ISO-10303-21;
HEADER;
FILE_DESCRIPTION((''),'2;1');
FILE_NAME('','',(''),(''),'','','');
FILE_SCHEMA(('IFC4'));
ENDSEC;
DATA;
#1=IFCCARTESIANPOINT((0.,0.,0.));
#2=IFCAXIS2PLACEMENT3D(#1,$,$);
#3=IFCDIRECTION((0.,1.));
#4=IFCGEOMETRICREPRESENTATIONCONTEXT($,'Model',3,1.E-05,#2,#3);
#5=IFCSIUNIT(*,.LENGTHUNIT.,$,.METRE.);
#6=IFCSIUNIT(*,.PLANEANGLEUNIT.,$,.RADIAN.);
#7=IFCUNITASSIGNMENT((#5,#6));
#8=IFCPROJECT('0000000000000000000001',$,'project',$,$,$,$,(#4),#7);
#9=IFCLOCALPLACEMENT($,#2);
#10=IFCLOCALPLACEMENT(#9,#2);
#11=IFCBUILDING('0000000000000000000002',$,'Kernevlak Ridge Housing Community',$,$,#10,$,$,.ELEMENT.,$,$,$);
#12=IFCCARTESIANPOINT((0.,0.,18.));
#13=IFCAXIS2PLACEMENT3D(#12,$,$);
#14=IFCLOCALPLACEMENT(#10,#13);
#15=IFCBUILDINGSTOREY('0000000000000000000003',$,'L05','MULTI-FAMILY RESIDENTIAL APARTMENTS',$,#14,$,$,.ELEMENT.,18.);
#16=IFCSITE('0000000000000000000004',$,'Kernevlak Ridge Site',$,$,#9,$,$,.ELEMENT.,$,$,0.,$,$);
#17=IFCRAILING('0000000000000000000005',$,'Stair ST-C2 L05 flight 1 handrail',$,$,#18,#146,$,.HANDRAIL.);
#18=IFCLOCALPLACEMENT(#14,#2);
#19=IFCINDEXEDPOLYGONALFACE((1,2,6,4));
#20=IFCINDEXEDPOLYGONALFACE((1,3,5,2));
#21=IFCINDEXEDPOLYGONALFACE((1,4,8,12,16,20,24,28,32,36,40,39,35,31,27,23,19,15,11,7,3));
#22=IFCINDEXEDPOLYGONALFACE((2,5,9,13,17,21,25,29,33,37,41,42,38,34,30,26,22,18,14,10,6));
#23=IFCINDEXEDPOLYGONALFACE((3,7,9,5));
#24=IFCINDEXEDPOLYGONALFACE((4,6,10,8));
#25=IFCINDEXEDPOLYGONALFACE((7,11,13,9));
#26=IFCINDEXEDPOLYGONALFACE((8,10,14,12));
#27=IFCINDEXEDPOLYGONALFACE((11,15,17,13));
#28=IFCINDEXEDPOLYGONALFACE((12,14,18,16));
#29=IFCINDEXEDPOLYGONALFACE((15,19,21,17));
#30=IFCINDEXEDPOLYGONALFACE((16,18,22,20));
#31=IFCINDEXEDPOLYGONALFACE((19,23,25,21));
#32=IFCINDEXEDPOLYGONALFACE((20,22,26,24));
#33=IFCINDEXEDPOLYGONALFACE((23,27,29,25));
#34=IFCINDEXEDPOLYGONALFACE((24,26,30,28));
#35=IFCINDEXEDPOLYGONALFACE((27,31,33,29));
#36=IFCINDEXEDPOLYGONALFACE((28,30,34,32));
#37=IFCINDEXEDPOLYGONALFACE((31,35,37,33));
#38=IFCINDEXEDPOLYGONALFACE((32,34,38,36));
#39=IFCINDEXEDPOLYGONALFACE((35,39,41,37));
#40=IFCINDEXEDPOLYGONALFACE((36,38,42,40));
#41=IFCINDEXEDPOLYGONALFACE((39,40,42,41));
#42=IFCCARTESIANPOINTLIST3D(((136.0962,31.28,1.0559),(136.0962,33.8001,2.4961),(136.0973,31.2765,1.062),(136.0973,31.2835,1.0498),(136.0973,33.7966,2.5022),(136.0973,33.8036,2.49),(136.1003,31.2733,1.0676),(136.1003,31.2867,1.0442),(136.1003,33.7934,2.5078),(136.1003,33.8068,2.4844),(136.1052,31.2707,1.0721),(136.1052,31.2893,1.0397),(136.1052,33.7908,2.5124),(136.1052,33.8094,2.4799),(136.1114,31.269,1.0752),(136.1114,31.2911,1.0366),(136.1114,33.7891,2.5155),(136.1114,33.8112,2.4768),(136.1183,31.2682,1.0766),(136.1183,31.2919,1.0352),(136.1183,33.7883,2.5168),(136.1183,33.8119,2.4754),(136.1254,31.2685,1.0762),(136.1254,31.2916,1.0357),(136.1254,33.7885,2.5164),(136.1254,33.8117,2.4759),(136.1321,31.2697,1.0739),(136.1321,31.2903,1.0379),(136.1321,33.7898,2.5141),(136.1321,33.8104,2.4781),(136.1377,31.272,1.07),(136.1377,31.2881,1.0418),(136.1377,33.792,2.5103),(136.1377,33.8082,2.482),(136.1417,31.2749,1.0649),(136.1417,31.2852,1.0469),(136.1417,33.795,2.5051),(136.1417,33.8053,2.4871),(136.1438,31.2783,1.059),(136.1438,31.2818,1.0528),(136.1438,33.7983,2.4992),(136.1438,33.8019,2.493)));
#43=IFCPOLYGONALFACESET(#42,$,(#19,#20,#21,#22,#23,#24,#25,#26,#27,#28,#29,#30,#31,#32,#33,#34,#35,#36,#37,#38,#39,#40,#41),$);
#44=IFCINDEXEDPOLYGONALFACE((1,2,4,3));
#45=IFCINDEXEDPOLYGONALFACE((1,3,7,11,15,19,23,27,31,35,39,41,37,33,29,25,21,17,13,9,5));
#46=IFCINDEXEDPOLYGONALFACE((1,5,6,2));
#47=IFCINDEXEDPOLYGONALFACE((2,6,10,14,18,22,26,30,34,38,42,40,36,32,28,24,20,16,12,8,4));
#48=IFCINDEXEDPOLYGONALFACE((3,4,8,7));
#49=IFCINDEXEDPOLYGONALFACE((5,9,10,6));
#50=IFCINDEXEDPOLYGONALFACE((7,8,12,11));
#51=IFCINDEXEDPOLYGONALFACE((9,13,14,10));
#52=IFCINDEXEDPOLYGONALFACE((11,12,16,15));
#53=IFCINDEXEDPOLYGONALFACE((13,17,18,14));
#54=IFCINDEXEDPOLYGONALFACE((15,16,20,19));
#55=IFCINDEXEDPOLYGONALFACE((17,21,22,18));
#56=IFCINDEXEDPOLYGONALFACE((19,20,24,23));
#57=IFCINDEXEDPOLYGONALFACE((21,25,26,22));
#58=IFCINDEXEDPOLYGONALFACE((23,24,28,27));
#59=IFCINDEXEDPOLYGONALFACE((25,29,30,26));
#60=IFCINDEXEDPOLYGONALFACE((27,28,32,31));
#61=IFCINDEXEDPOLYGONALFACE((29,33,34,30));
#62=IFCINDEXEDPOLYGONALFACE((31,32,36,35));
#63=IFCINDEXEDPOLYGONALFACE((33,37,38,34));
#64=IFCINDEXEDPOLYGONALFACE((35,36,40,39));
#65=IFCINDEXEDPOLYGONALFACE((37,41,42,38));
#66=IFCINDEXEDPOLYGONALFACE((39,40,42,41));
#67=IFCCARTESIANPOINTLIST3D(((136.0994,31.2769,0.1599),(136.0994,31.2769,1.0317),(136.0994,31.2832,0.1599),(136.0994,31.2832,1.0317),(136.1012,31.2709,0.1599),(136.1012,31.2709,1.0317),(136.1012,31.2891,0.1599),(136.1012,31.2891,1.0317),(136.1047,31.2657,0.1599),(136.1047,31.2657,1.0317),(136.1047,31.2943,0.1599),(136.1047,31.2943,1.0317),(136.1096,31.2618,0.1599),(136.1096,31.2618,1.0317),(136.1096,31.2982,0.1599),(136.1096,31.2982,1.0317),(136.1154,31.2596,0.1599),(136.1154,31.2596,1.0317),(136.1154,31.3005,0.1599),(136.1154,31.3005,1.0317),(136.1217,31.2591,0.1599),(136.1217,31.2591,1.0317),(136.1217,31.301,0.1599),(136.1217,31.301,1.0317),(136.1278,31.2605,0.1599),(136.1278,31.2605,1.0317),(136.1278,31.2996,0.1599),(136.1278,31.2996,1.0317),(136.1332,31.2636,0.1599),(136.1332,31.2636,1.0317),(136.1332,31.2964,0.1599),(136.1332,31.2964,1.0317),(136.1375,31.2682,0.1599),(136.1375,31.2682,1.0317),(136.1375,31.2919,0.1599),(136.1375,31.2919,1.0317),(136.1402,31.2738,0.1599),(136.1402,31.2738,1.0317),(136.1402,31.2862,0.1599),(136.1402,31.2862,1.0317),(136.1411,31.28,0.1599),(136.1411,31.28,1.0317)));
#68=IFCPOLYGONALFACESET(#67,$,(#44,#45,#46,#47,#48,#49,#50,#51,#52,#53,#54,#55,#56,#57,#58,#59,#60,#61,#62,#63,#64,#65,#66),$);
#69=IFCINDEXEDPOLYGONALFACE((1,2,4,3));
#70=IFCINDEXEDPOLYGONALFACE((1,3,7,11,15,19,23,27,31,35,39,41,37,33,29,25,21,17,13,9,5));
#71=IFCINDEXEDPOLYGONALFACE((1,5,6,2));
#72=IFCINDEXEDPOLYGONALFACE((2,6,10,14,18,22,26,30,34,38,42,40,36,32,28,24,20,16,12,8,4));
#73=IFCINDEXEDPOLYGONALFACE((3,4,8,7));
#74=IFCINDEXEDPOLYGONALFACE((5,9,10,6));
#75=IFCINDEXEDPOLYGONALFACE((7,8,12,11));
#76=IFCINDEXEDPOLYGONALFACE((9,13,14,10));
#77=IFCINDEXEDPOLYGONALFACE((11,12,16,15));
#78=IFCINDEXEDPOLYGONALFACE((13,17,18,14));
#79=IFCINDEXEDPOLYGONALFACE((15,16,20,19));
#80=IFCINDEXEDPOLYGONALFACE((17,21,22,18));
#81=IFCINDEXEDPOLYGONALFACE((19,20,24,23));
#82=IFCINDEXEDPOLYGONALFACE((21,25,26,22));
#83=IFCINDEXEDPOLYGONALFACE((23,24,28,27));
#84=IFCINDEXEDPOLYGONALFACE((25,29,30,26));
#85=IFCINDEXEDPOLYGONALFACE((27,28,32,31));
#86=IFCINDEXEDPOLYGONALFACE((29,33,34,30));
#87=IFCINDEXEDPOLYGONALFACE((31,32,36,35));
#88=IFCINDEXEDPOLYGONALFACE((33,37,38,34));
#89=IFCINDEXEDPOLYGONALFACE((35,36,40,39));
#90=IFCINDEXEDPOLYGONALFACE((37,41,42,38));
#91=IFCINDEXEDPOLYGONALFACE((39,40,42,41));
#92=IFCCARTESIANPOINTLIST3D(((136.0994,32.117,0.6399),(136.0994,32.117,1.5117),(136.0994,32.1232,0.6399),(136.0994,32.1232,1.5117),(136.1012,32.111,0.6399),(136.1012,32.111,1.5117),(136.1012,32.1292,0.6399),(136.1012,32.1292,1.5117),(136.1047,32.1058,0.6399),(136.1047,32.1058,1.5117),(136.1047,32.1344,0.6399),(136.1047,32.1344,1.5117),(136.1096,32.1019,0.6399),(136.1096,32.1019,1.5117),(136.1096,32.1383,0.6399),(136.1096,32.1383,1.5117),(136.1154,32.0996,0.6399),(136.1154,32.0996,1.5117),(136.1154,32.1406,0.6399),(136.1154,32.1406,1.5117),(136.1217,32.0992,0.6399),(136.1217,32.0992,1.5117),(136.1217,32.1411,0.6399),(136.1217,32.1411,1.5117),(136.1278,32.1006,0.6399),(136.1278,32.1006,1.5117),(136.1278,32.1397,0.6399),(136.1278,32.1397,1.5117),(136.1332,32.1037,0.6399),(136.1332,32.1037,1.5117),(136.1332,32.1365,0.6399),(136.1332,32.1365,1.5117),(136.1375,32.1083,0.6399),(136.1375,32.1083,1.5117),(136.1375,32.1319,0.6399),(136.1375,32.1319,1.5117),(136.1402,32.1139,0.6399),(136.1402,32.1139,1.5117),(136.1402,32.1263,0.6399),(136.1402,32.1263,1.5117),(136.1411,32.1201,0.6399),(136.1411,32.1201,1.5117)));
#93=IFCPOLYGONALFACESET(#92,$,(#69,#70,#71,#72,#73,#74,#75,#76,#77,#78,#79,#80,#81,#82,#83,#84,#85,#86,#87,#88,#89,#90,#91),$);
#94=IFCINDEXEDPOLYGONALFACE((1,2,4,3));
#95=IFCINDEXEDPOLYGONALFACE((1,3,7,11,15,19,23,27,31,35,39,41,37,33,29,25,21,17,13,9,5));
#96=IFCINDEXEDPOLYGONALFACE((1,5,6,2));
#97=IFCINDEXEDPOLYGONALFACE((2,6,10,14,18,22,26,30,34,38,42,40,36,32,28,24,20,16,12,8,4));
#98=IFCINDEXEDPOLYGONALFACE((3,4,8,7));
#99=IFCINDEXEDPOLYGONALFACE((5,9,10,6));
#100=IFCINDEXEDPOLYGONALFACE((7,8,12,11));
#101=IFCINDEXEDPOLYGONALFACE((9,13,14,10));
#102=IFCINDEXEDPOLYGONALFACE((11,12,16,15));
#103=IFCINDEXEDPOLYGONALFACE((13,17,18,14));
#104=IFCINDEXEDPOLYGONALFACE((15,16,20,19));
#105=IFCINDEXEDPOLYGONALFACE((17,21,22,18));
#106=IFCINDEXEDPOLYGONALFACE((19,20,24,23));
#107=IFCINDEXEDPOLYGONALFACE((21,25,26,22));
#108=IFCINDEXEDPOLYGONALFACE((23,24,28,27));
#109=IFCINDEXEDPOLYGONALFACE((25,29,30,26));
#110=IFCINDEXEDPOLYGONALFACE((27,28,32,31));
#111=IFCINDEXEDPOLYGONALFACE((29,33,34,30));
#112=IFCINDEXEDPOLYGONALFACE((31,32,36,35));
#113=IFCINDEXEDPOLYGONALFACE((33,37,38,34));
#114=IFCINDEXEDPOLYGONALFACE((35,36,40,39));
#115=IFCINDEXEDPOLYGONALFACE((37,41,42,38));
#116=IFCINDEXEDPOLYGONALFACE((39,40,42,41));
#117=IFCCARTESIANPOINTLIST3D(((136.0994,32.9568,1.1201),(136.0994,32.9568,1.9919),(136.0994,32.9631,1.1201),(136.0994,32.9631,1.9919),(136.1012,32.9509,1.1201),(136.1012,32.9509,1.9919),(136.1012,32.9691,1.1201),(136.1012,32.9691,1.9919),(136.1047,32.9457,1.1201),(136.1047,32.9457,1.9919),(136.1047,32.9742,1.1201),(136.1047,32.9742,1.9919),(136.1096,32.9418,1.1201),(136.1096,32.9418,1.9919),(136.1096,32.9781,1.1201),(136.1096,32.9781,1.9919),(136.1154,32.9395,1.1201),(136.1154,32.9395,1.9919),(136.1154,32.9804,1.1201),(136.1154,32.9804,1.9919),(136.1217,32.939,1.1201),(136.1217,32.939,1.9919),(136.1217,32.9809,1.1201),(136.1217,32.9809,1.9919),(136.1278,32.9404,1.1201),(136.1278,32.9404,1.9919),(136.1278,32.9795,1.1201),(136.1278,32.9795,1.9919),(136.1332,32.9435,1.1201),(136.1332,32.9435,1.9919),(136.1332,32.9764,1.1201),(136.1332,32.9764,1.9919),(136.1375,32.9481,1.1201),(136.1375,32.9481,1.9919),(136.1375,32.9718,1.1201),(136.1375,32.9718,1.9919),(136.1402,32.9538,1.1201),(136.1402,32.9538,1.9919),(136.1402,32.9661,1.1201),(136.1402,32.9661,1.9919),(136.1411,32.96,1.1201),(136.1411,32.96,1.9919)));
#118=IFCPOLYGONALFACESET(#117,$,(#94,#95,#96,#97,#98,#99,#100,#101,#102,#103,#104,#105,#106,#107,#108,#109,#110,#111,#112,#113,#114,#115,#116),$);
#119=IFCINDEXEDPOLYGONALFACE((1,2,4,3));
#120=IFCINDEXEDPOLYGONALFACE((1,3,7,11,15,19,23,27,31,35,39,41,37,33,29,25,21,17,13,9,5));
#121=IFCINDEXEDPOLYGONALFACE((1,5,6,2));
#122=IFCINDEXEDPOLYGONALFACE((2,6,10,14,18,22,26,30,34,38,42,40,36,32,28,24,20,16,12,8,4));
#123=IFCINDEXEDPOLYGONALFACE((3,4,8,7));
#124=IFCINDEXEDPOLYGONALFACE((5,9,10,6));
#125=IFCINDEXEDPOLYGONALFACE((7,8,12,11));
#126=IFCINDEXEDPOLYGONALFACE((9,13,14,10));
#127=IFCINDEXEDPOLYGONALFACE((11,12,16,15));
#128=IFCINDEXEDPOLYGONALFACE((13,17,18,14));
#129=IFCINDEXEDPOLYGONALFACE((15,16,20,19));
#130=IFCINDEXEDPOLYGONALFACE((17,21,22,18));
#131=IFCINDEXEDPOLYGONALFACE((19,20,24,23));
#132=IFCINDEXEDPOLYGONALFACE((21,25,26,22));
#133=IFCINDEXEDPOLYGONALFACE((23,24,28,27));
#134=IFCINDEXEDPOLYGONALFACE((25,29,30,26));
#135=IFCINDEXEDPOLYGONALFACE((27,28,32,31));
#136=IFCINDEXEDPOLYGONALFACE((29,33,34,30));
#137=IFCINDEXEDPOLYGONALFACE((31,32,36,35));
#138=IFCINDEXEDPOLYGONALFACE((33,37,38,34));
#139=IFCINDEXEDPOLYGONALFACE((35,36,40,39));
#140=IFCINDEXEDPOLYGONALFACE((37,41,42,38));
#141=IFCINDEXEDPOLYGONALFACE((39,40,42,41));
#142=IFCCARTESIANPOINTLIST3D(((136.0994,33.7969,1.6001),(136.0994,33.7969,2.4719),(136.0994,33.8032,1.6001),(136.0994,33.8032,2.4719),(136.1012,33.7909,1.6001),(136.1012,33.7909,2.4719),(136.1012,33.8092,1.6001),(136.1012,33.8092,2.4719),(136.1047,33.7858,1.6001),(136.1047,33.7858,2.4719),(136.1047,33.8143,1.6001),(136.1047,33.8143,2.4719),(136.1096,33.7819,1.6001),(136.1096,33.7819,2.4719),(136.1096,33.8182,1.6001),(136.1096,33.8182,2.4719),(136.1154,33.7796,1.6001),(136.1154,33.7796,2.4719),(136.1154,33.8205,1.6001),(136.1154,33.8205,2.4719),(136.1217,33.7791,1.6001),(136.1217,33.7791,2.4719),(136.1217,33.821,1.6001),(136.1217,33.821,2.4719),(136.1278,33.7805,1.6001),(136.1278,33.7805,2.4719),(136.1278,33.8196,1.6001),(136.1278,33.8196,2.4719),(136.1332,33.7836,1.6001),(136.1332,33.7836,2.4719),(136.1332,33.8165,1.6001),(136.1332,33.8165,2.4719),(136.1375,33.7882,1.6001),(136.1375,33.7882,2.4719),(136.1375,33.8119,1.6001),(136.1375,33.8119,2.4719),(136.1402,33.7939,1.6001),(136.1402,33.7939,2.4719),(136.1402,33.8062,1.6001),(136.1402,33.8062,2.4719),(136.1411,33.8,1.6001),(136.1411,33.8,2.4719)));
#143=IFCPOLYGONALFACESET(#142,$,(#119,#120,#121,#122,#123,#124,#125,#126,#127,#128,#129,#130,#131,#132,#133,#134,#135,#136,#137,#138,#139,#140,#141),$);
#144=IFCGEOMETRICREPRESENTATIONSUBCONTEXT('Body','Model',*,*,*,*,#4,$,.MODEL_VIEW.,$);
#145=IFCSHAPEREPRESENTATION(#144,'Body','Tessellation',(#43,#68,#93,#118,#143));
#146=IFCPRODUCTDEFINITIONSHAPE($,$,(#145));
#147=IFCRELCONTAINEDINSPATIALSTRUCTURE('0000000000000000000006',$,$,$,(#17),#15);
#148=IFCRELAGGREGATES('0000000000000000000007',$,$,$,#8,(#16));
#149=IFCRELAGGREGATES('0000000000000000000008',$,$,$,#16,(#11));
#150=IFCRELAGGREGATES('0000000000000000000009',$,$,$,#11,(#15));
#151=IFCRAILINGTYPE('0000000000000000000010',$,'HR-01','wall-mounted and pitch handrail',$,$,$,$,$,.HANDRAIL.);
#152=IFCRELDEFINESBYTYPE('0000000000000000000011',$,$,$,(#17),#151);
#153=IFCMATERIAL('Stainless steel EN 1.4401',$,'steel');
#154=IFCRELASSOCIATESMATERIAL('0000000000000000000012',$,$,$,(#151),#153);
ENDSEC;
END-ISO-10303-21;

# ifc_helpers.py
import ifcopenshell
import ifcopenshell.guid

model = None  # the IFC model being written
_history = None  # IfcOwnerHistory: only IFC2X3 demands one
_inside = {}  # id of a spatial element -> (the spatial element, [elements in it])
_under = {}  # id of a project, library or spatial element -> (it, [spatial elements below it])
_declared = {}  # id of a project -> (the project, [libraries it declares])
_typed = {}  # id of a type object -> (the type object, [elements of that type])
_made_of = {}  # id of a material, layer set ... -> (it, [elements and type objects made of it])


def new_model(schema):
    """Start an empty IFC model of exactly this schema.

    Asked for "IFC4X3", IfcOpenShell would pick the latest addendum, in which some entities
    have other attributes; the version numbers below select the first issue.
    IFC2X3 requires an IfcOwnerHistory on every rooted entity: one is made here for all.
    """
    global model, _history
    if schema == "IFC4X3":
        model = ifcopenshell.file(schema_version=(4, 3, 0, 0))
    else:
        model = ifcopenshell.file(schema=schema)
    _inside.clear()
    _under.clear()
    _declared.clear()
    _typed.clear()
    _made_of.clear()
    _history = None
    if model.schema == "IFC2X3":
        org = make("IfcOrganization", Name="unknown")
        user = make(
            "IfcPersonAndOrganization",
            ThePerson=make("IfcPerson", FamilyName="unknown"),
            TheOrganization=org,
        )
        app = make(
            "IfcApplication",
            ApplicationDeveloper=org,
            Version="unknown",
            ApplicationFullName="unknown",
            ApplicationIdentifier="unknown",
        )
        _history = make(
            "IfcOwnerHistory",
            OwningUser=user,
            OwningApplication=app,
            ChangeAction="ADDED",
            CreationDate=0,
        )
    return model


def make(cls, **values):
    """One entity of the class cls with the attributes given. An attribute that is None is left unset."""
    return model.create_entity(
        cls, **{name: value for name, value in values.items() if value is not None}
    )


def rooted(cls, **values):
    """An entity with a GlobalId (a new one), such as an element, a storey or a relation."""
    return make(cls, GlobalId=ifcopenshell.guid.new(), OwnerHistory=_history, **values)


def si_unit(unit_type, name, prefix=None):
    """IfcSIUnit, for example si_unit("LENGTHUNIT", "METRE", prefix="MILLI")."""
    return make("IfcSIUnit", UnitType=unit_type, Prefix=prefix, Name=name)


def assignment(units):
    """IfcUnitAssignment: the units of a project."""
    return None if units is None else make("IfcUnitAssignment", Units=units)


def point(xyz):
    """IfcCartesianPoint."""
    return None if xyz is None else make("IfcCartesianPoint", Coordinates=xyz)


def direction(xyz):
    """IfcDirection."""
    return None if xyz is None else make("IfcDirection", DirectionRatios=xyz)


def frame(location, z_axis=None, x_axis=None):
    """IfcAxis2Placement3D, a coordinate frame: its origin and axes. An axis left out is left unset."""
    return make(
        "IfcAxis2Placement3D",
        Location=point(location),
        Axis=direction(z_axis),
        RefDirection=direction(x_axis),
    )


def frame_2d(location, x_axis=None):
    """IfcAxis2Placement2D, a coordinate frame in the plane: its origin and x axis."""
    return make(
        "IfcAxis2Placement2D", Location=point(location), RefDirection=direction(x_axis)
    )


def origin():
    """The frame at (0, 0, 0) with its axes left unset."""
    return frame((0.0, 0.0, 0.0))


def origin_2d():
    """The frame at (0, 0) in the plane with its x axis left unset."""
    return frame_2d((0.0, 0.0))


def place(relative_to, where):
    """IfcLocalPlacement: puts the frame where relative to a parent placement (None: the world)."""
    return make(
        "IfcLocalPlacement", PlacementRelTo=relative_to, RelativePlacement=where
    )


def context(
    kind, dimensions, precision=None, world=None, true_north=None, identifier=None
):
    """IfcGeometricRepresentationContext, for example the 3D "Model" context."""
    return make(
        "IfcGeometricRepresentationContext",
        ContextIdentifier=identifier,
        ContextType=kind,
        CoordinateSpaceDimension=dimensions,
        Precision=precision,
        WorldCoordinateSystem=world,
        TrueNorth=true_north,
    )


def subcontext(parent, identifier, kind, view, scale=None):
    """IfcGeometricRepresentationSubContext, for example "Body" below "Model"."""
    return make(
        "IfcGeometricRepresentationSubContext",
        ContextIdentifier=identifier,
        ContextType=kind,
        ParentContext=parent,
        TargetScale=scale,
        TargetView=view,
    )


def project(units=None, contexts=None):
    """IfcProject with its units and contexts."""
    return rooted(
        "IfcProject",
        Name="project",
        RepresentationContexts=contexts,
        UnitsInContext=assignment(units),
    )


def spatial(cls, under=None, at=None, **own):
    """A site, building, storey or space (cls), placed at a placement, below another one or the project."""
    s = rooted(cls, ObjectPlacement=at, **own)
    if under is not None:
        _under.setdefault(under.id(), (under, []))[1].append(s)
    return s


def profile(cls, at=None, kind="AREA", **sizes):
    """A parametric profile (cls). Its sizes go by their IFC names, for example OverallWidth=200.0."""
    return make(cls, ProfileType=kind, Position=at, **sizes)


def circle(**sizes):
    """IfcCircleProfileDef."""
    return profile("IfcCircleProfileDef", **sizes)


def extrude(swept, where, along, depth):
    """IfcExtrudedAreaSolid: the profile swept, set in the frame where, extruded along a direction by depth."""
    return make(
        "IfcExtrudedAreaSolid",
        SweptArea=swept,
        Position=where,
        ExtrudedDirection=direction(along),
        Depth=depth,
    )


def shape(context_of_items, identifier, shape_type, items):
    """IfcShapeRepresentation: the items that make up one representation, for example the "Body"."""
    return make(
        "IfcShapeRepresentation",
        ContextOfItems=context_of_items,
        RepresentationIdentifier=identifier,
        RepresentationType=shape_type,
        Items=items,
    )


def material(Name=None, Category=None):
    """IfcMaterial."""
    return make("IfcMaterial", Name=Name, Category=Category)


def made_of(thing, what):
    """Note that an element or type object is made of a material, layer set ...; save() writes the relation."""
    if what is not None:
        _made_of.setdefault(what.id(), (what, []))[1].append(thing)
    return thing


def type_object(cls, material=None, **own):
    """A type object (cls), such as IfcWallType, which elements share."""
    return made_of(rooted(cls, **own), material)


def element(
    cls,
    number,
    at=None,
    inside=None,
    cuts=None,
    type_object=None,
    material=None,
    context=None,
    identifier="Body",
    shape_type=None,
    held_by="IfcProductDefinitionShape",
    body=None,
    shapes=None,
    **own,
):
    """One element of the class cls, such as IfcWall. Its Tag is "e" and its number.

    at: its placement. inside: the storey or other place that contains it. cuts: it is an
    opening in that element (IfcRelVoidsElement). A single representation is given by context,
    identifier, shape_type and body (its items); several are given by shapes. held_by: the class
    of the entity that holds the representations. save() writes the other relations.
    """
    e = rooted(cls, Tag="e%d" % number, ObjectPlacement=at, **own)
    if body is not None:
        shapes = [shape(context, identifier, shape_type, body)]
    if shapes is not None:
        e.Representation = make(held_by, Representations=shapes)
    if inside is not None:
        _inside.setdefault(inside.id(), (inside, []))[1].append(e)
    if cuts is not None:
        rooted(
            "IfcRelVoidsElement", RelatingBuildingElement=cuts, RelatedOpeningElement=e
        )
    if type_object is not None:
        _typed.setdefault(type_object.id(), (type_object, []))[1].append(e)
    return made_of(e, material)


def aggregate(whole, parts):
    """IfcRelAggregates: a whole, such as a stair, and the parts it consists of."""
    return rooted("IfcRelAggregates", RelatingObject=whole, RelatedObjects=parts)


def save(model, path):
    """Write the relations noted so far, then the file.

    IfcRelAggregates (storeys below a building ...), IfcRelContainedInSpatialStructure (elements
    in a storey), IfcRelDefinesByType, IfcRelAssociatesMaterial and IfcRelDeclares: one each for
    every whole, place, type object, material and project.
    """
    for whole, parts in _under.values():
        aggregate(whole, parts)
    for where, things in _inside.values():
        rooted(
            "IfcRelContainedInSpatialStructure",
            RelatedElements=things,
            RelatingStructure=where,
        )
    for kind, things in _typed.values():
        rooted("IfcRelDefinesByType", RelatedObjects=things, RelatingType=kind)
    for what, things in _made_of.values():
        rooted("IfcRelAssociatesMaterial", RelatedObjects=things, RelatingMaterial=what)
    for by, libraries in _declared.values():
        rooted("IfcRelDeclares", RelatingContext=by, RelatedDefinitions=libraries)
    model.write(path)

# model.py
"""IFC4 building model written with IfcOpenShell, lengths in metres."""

from ifc_helpers import new_model, si_unit, direction, frame, origin, origin_2d, place, context, subcontext, project, spatial, circle, extrude, material, type_object, element, save


model = new_model("IFC4")

# Units and contexts
model_context = context("Model", 3, precision=1e-05, world=origin(), true_north=direction((0.0, 1.0)))
body_context = subcontext(model_context, "Body", "Model", "MODEL_VIEW")
ifc_project = project(units=[si_unit("LENGTHUNIT", "METRE"), si_unit("PLANEANGLEUNIT", "RADIAN")], contexts=[model_context])

# Site, building, storey
site_placement = place(None, origin())
site = spatial("IfcSite", under=ifc_project, at=site_placement, Name="Kernevlak Ridge Site", CompositionType="ELEMENT", RefElevation=0.0)
building_placement = place(site_placement, origin())
building = spatial("IfcBuilding", under=site, at=building_placement, Name="Kernevlak Ridge Housing Community", CompositionType="ELEMENT")
storey_placement = place(building_placement, frame((0.0, 0.0, 18.0)))
storey = spatial("IfcBuildingStorey", under=building, at=storey_placement, Name="L05", Description="MULTI-FAMILY RESIDENTIAL APARTMENTS", CompositionType="ELEMENT", Elevation=18.0)

# Railing
ifc_material_1 = material(Name="Stainless steel EN 1.4401", Category="steel")
railing_type_1 = type_object("IfcRailingType", Name="HR-01", Description="wall-mounted and pitch handrail", PredefinedType="HANDRAIL", material=ifc_material_1)
railing_1_placement = place(storey_placement, frame((136.1201, 31.28, 0.1599)))
element("IfcRailing", 1, at=railing_1_placement, inside=storey, type_object=railing_type_1, Name="Stair ST-C2 L05 flight 1 handrail", PredefinedType="HANDRAIL", context=body_context, shape_type="SweptSolid", body=[
    extrude(circle(Radius=0.0239, at=origin_2d()), frame((0.0, 0.0, 0.896), z_axis=(0.0, 0.868217, 0.496184), x_axis=(-1.0, 0.0, 0.0)), (0.0, 0.0, 1.0), 2.9026),
    extrude(circle(Radius=0.021, at=origin_2d()), origin(), (0.0, 0.0, 1.0), 0.8718),
    extrude(circle(Radius=0.021, at=origin_2d()), frame((0.0, 0.8401, 0.48)), (0.0, 0.0, 1.0), 0.8718),
    extrude(circle(Radius=0.021, at=origin_2d()), frame((0.0, 1.6799, 0.9602)), (0.0, 0.0, 1.0), 0.8718),
    extrude(circle(Radius=0.021, at=origin_2d()), frame((0.0, 2.52, 1.4402)), (0.0, 0.0, 1.0), 0.8718),
])

save(model, "model.ifc")
